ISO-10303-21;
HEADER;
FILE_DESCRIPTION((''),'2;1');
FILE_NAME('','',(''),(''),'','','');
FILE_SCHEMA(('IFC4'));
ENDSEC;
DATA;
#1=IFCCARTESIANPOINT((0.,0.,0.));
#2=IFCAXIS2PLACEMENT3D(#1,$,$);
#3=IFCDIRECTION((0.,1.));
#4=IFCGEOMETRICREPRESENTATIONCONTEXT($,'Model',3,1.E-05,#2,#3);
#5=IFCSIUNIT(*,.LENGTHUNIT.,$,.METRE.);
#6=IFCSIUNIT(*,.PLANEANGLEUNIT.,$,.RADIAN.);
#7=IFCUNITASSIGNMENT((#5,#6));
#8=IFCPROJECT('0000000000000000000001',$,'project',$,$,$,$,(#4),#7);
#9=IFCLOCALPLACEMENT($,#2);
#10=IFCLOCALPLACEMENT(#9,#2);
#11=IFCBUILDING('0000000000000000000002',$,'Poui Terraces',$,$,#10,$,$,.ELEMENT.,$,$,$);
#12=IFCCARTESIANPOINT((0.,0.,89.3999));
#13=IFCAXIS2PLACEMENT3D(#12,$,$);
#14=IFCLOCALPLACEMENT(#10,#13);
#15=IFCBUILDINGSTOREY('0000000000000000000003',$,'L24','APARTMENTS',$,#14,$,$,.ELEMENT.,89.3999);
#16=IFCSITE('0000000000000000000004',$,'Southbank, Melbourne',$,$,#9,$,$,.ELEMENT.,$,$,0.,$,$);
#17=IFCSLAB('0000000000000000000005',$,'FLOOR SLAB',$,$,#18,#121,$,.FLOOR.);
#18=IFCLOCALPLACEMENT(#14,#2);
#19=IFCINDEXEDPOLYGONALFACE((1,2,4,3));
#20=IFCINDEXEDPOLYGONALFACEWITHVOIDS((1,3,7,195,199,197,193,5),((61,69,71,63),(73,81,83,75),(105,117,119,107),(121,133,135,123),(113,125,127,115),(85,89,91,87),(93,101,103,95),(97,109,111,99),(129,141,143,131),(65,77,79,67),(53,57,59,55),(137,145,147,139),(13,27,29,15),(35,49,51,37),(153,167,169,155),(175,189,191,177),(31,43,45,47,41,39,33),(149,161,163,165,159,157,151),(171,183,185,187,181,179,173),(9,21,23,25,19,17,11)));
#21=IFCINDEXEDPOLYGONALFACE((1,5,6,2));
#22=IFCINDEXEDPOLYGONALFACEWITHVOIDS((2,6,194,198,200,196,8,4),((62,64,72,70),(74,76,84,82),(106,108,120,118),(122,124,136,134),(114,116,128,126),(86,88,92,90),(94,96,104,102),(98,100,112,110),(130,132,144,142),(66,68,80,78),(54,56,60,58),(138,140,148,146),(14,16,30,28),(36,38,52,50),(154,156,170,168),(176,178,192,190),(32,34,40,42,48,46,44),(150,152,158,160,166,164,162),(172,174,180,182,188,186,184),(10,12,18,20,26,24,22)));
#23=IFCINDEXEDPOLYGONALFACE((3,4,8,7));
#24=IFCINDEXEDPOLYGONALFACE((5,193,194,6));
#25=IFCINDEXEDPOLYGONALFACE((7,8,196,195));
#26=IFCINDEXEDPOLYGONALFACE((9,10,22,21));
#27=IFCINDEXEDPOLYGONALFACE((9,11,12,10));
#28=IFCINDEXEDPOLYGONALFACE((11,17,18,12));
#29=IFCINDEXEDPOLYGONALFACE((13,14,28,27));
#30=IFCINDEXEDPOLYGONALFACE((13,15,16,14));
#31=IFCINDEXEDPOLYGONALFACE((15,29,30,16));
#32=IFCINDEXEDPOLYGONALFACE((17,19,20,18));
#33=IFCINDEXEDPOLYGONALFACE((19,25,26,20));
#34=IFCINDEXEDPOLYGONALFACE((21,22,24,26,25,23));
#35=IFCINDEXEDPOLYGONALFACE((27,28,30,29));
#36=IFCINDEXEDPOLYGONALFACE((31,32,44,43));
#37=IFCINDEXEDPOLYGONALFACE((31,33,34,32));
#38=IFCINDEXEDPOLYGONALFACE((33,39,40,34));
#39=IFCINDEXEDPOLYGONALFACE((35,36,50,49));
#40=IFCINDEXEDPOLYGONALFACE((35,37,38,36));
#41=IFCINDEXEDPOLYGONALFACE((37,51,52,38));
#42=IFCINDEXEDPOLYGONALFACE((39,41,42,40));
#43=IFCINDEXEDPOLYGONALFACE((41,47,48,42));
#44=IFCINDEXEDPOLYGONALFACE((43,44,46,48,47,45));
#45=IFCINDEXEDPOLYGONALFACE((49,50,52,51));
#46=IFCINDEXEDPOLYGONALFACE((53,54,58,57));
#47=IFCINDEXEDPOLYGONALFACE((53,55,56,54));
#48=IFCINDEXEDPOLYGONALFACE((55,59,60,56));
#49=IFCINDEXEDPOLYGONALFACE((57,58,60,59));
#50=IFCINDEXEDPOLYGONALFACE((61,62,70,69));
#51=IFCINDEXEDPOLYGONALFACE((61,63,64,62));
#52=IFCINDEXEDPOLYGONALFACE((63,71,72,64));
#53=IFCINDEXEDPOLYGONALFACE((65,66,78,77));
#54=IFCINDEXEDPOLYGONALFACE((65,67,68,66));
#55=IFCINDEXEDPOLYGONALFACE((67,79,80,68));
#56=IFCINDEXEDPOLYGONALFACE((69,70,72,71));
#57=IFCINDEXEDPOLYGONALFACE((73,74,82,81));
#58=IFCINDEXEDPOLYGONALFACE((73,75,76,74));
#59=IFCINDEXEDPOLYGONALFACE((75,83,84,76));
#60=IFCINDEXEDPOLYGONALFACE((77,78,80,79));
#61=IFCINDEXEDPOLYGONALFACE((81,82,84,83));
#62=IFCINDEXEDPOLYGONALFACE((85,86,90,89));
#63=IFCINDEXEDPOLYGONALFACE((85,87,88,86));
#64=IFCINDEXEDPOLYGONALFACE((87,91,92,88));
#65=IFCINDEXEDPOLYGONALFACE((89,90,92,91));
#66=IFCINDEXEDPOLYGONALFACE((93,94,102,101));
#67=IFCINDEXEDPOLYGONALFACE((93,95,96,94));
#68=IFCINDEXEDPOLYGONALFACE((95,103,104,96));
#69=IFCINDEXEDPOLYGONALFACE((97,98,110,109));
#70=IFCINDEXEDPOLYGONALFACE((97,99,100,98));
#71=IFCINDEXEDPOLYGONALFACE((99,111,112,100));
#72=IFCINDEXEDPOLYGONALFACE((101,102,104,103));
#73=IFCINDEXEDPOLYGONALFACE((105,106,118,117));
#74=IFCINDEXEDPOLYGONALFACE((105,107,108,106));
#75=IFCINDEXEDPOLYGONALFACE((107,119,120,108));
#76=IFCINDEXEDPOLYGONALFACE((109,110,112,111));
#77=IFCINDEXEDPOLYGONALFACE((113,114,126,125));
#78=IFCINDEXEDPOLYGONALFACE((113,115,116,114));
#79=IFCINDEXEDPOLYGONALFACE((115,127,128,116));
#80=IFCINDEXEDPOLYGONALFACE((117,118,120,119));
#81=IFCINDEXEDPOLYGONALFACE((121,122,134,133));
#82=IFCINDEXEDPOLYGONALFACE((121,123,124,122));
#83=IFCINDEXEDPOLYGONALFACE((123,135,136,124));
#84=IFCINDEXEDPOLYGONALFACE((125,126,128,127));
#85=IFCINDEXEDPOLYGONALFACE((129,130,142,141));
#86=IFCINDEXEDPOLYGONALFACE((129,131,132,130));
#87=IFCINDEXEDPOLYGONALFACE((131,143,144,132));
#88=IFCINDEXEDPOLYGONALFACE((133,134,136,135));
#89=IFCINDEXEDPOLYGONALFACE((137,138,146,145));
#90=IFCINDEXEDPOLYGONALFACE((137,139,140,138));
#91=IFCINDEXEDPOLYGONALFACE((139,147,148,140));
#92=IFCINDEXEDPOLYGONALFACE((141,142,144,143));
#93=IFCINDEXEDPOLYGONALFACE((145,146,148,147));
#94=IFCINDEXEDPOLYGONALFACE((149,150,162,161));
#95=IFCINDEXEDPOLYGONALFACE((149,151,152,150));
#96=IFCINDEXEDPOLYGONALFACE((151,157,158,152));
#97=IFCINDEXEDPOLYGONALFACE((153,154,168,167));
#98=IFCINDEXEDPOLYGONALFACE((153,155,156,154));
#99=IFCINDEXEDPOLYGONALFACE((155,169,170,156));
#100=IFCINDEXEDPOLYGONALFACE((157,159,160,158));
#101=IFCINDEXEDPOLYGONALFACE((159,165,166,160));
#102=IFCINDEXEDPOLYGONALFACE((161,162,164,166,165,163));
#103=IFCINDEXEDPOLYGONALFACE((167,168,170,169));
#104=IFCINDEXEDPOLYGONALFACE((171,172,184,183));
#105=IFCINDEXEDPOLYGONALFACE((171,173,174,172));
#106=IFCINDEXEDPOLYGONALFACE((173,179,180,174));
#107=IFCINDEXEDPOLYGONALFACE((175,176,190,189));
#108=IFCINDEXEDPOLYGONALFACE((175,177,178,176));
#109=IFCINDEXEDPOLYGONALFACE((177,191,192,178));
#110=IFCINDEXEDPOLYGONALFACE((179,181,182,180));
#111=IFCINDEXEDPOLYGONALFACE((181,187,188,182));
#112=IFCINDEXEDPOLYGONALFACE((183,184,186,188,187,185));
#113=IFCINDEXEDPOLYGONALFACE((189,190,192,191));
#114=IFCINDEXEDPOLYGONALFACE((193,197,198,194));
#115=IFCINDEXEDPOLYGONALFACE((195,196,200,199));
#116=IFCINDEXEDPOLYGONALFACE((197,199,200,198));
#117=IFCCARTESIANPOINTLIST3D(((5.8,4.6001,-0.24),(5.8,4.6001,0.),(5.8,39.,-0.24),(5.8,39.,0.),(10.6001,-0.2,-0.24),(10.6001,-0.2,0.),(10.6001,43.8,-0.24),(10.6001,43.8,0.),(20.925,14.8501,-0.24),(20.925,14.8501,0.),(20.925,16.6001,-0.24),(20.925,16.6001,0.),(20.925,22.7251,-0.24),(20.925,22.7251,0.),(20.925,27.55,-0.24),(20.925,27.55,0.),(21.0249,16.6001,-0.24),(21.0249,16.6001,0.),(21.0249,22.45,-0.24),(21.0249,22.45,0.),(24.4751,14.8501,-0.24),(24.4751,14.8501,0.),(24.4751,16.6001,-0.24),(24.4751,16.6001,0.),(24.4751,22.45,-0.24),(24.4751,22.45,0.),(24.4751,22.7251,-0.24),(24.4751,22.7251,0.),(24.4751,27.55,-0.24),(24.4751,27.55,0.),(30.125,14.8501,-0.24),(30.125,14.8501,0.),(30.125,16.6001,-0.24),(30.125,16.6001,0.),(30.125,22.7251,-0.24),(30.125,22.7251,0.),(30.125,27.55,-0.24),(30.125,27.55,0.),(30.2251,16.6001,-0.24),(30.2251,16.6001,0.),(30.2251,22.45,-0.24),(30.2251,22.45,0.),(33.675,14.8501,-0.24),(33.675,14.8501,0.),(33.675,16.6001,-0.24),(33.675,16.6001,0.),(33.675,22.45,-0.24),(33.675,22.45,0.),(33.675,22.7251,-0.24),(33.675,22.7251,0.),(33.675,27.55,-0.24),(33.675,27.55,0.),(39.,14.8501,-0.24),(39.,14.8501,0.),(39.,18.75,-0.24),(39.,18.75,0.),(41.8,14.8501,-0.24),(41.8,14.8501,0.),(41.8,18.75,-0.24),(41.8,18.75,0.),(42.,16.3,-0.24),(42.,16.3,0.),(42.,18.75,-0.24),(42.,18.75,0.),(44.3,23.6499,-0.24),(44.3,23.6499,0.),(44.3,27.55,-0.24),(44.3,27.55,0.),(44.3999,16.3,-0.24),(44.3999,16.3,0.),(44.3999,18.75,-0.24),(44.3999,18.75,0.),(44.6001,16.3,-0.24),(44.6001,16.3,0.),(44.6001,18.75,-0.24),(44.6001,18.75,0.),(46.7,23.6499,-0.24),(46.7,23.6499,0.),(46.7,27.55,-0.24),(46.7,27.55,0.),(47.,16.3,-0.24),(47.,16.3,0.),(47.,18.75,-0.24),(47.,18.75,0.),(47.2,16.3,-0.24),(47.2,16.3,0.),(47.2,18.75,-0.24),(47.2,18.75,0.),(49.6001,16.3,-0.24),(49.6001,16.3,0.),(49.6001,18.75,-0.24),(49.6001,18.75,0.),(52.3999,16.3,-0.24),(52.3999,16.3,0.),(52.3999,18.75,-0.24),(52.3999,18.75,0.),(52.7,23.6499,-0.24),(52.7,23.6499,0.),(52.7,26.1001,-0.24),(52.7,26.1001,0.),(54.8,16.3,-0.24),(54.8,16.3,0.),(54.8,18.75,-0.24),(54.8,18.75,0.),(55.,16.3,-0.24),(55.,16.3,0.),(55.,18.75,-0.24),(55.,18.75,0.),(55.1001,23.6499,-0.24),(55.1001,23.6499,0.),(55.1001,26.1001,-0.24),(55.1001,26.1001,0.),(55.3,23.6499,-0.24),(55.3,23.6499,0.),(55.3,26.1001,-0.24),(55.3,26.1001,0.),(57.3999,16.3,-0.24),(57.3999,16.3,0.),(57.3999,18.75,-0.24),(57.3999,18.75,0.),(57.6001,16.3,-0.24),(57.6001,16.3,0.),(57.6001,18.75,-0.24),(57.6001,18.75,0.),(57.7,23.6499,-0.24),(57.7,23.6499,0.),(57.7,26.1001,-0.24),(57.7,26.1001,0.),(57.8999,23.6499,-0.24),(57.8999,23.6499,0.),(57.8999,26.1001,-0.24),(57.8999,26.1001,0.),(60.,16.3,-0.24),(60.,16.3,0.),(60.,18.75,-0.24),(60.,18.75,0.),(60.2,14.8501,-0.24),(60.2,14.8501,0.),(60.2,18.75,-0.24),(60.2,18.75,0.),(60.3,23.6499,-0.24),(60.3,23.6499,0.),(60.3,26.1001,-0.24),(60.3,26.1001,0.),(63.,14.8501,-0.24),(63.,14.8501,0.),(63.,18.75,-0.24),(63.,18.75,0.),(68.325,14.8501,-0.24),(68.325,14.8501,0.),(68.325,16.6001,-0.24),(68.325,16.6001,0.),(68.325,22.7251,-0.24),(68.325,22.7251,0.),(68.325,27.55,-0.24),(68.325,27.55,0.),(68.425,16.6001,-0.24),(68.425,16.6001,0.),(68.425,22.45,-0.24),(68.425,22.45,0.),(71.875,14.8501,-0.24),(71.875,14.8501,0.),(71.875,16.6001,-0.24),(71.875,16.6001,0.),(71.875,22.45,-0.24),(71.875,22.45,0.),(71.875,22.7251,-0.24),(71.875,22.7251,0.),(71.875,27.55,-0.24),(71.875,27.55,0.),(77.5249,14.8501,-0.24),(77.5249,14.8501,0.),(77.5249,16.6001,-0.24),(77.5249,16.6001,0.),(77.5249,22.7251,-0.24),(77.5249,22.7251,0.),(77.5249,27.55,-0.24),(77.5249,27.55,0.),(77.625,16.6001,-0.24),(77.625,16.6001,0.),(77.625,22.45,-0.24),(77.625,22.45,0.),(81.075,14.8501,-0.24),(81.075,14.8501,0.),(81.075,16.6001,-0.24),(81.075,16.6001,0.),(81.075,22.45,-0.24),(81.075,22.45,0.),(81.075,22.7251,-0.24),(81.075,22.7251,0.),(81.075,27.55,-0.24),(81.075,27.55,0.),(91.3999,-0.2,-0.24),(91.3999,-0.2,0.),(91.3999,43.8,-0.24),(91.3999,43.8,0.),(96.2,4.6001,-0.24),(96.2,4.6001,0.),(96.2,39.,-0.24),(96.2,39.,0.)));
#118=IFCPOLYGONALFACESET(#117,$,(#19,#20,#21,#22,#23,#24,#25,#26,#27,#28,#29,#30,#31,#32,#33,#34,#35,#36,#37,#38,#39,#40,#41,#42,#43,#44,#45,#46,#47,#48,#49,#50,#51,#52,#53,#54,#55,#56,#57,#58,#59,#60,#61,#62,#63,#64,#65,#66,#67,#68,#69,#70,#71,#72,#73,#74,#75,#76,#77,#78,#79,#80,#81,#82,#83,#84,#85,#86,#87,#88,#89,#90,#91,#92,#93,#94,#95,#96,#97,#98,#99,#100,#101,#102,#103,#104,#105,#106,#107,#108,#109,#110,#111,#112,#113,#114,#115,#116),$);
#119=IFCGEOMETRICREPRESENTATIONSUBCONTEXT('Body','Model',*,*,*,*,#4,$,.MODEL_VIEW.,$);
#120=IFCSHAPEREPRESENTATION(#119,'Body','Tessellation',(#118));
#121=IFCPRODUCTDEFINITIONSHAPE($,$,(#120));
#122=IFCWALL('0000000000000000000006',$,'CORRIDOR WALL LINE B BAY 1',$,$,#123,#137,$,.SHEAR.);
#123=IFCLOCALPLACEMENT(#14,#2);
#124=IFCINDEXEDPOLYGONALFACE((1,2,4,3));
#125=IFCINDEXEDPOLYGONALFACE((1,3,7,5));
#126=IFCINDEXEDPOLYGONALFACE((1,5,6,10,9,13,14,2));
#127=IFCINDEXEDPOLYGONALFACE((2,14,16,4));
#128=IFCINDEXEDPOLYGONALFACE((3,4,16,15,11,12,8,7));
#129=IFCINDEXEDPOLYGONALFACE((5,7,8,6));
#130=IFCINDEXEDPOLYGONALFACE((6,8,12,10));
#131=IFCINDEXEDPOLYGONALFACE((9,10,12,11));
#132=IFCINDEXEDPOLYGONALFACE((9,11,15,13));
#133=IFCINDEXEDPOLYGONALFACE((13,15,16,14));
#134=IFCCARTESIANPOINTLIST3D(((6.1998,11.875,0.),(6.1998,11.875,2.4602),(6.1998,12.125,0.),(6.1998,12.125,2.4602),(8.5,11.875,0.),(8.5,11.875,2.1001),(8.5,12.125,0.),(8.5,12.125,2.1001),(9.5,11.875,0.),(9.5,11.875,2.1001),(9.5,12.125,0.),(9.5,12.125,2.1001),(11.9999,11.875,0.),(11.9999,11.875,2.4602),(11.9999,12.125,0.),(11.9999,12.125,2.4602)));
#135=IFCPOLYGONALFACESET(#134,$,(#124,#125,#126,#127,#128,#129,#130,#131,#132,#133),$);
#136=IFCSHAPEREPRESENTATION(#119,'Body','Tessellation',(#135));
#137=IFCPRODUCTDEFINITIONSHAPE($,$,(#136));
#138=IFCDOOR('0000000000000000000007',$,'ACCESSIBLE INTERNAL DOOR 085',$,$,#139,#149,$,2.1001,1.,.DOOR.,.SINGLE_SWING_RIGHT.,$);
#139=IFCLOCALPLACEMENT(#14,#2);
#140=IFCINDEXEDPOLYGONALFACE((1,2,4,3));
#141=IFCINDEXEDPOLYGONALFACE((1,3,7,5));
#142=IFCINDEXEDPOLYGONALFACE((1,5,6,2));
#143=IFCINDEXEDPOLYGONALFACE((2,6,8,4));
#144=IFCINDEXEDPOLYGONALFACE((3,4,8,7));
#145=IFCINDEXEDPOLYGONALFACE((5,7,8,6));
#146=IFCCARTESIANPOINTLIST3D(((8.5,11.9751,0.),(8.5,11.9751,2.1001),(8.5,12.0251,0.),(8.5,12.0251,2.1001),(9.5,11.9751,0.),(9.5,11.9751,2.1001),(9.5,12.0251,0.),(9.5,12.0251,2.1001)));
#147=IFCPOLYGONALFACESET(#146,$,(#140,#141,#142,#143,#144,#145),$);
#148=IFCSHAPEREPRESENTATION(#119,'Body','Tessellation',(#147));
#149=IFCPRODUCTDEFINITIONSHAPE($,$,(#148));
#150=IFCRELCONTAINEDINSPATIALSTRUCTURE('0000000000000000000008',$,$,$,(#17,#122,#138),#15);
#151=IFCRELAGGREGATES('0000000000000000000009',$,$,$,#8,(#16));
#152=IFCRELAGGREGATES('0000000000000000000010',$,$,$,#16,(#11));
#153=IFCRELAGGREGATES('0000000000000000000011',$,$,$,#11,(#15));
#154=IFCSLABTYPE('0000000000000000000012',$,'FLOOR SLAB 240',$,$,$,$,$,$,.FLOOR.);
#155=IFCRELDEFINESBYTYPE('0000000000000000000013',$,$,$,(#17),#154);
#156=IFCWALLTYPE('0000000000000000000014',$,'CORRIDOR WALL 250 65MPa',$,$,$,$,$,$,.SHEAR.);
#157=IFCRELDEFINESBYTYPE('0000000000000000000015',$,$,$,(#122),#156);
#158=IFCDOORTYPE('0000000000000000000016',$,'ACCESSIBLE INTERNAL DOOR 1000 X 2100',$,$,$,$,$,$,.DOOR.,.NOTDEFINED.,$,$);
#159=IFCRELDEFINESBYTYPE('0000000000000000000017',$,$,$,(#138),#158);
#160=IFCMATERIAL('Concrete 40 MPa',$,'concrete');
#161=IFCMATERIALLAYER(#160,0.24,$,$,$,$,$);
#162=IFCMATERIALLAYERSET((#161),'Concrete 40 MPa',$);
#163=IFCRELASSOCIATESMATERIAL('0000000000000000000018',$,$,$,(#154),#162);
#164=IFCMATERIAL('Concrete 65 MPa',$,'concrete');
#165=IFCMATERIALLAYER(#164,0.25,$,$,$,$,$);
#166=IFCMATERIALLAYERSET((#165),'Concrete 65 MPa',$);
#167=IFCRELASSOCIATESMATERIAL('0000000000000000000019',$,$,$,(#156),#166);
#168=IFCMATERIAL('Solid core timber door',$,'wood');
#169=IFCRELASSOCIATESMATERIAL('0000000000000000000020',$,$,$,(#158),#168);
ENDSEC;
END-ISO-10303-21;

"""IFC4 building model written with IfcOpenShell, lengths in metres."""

from ifc_helpers import new_model, si_unit, direction, frame, frame_2d, origin, place, context, subcontext, project, spatial, polyline, rectangle, outline, extrude, source, transform, mapped, material, layer, layer_set, type_object, element, fill, save


model = new_model("IFC4")

# Units and contexts
model_context = context("Model", 3, precision=1e-05, world=origin(), true_north=direction((0.0, 1.0)))
body_context = subcontext(model_context, "Body", "Model", "MODEL_VIEW")
ifc_project = project(units=[si_unit("LENGTHUNIT", "METRE"), si_unit("PLANEANGLEUNIT", "RADIAN")], contexts=[model_context])

# Site, building, storey
site_placement = place(None, origin())
site = spatial("IfcSite", under=ifc_project, at=site_placement, Name="Southbank, Melbourne", CompositionType="ELEMENT", RefElevation=0.0)
building_placement = place(site_placement, origin())
building = spatial("IfcBuilding", under=site, at=building_placement, Name="Poui Terraces", CompositionType="ELEMENT")
storey_placement = place(building_placement, frame((0.0, 0.0, 89.3999)))
storey = spatial("IfcBuildingStorey", under=building, at=storey_placement, Name="L24", Description="APARTMENTS", CompositionType="ELEMENT", Elevation=89.3999)

# Slab
ifc_material_1 = material(Name="Concrete 40 MPa", Category="concrete")
ifc_layer_1 = layer(ifc_material_1, 0.24)
ifc_layer_set_1 = layer_set([ifc_layer_1], Name="Concrete 40 MPa")
slab_type = type_object("IfcSlabType", Name="FLOOR SLAB 240", PredefinedType="FLOOR", material=ifc_layer_set_1)
shared_shape = source(origin(), body_context, "Body", "SweptSolid", [
    extrude(outline(polyline([(0.0, 0.0), (4.8, -4.8), (85.5999, -4.8), (90.3999, 0.0), (90.3999, 34.3999), (85.5999, 39.2), (4.8, 39.2), (0.0, 34.3999), (0.0, 0.0)]), holes=[polyline([(33.2, 10.25), (33.2, 14.1499), (36.0, 14.1499), (36.0, 10.25), (33.2, 10.25)]), polyline([(36.2, 11.7), (36.2, 14.1499), (38.5999, 14.1499), (38.5999, 11.7), (36.2, 11.7)]), polyline([(38.8, 11.7), (38.8, 14.1499), (41.2, 14.1499), (41.2, 11.7), (38.8, 11.7)]), polyline([(41.3999, 14.1499), (43.8, 14.1499), (43.8, 11.7), (41.3999, 11.7), (41.3999, 14.1499)]), polyline([(46.5999, 14.1499), (49.0, 14.1499), (49.0, 11.7), (46.5999, 11.7), (46.5999, 14.1499)]), polyline([(15.2249, 17.8499), (18.675, 17.8499), (18.675, 12.0), (18.675, 10.25), (15.125, 10.25), (15.125, 12.0), (15.2249, 12.0), (15.2249, 17.8499)]), polyline([(24.425, 17.8499), (27.875, 17.8499), (27.875, 12.0), (27.875, 10.25), (24.325, 10.25), (24.325, 12.0), (24.425, 12.0), (24.425, 17.8499)]), polyline([(15.125, 18.125), (15.125, 22.95), (18.675, 22.95), (18.675, 18.125), (15.125, 18.125)]), polyline([(24.325, 22.95), (27.875, 22.95), (27.875, 18.125), (24.325, 18.125), (24.325, 22.95)]), polyline([(38.5, 22.95), (40.8999, 22.95), (40.8999, 19.0498), (38.5, 19.0498), (38.5, 22.95)]), polyline([(54.3999, 10.25), (54.3999, 14.1499), (57.2, 14.1499), (57.2, 10.25), (54.3999, 10.25)]), polyline([(49.2, 11.7), (49.2, 14.1499), (51.5999, 14.1499), (51.5999, 11.7), (49.2, 11.7)]), polyline([(51.8, 11.7), (51.8, 14.1499), (54.2, 14.1499), (54.2, 11.7), (51.8, 11.7)]), polyline([(66.075, 17.8499), (66.075, 12.0), (66.075, 10.25), (62.5249, 10.25), (62.5249, 12.0), (62.625, 12.0), (62.625, 17.8499), (66.075, 17.8499)]), polyline([(75.2749, 17.8499), (75.2749, 12.0), (75.2749, 10.25), (71.7249, 10.25), (71.7249, 12.0), (71.825, 12.0), (71.825, 17.8499), (75.2749, 17.8499)]), polyline([(46.8999, 19.0498), (46.8999, 21.5), (49.3, 21.5), (49.3, 19.0498), (46.8999, 19.0498)]), polyline([(49.5, 19.0498), (49.5, 21.5), (51.8999, 21.5), (51.8999, 19.0498), (49.5, 19.0498)]), polyline([(52.0999, 19.0498), (52.0999, 21.5), (54.5, 21.5), (54.5, 19.0498), (52.0999, 19.0498)]), polyline([(62.5249, 22.95), (66.075, 22.95), (66.075, 18.125), (62.5249, 18.125), (62.5249, 22.95)]), polyline([(71.7249, 22.95), (75.2749, 22.95), (75.2749, 18.125), (71.7249, 18.125), (71.7249, 22.95)])]), origin(), (0.0, 0.0, 1.0), 0.24),
])
slab_placement = place(storey_placement, frame((5.8, 4.6001, -0.24)))
element("IfcSlab", 1, at=slab_placement, inside=storey, type_object=slab_type, Name="FLOOR SLAB", PredefinedType="FLOOR", context=body_context, shape_type="MappedRepresentation", body=[
    mapped(shared_shape, transform((0.0, 0.0, 0.0))),
])

# Wall, opening, door
ifc_material_2 = material(Name="Concrete 65 MPa", Category="concrete")
ifc_layer_2 = layer(ifc_material_2, 0.25)
ifc_layer_set_2 = layer_set([ifc_layer_2], Name="Concrete 65 MPa")
wall_type_1 = type_object("IfcWallType", Name="CORRIDOR WALL 250 65MPa", PredefinedType="SHEAR", material=ifc_layer_set_2)
wall_1_placement = place(storey_placement, frame((6.2, 12.0, 0.0), z_axis=(0.0, 0.0, 1.0), x_axis=(1.0, 0.0, 0.0)))
wall_1 = element("IfcWall", 2, at=wall_1_placement, inside=storey, type_object=wall_type_1, Name="CORRIDOR WALL LINE B BAY 1", PredefinedType="SHEAR", context=body_context, shape_type="SweptSolid", body=[
    extrude(rectangle(XDim=5.8, YDim=0.25, at=frame_2d((2.8999, 0.0))), origin(), (0.0, 0.0, 1.0), 2.4602),
])
opening_1_placement = place(wall_1_placement, frame((2.3, 0.0, 0.0)))
opening_1 = element("IfcOpeningElement", 3, at=opening_1_placement, cuts=wall_1, PredefinedType="OPENING", context=body_context, shape_type="SweptSolid", body=[
    extrude(rectangle(XDim=1.0, YDim=2.1001, at=frame_2d((0.5, 1.05))), frame((0.0, 0.135, 0.0), z_axis=(0.0, -1.0, 0.0), x_axis=(1.0, 0.0, 0.0)), (0.0, 0.0, 1.0), 0.27),
])
ifc_material_3 = material(Name="Solid core timber door", Category="wood")
door_type = type_object("IfcDoorType", Name="ACCESSIBLE INTERNAL DOOR 1000 X 2100", OperationType="NOTDEFINED", PredefinedType="DOOR", material=ifc_material_3)
door_placement = place(opening_1_placement, frame((1.0, 0.0, 0.0), z_axis=(0.0, 0.0, 1.0), x_axis=(-1.0, 0.0, 0.0)))
door = element("IfcDoor", 4, at=door_placement, inside=storey, type_object=door_type, Name="ACCESSIBLE INTERNAL DOOR 085", OperationType="SINGLE_SWING_RIGHT", OverallHeight=2.1001, OverallWidth=1.0, PredefinedType="DOOR", context=body_context, shape_type="SweptSolid", body=[
    extrude(rectangle(XDim=1.0, YDim=2.1001, at=frame_2d((0.5, 1.05))), frame((0.0, 0.0249, 0.0), z_axis=(0.0, -1.0, 0.0), x_axis=(1.0, 0.0, 0.0)), (0.0, 0.0, 1.0), 0.05),
])
fill(opening_1, door)

save(model, "model.ifc")
